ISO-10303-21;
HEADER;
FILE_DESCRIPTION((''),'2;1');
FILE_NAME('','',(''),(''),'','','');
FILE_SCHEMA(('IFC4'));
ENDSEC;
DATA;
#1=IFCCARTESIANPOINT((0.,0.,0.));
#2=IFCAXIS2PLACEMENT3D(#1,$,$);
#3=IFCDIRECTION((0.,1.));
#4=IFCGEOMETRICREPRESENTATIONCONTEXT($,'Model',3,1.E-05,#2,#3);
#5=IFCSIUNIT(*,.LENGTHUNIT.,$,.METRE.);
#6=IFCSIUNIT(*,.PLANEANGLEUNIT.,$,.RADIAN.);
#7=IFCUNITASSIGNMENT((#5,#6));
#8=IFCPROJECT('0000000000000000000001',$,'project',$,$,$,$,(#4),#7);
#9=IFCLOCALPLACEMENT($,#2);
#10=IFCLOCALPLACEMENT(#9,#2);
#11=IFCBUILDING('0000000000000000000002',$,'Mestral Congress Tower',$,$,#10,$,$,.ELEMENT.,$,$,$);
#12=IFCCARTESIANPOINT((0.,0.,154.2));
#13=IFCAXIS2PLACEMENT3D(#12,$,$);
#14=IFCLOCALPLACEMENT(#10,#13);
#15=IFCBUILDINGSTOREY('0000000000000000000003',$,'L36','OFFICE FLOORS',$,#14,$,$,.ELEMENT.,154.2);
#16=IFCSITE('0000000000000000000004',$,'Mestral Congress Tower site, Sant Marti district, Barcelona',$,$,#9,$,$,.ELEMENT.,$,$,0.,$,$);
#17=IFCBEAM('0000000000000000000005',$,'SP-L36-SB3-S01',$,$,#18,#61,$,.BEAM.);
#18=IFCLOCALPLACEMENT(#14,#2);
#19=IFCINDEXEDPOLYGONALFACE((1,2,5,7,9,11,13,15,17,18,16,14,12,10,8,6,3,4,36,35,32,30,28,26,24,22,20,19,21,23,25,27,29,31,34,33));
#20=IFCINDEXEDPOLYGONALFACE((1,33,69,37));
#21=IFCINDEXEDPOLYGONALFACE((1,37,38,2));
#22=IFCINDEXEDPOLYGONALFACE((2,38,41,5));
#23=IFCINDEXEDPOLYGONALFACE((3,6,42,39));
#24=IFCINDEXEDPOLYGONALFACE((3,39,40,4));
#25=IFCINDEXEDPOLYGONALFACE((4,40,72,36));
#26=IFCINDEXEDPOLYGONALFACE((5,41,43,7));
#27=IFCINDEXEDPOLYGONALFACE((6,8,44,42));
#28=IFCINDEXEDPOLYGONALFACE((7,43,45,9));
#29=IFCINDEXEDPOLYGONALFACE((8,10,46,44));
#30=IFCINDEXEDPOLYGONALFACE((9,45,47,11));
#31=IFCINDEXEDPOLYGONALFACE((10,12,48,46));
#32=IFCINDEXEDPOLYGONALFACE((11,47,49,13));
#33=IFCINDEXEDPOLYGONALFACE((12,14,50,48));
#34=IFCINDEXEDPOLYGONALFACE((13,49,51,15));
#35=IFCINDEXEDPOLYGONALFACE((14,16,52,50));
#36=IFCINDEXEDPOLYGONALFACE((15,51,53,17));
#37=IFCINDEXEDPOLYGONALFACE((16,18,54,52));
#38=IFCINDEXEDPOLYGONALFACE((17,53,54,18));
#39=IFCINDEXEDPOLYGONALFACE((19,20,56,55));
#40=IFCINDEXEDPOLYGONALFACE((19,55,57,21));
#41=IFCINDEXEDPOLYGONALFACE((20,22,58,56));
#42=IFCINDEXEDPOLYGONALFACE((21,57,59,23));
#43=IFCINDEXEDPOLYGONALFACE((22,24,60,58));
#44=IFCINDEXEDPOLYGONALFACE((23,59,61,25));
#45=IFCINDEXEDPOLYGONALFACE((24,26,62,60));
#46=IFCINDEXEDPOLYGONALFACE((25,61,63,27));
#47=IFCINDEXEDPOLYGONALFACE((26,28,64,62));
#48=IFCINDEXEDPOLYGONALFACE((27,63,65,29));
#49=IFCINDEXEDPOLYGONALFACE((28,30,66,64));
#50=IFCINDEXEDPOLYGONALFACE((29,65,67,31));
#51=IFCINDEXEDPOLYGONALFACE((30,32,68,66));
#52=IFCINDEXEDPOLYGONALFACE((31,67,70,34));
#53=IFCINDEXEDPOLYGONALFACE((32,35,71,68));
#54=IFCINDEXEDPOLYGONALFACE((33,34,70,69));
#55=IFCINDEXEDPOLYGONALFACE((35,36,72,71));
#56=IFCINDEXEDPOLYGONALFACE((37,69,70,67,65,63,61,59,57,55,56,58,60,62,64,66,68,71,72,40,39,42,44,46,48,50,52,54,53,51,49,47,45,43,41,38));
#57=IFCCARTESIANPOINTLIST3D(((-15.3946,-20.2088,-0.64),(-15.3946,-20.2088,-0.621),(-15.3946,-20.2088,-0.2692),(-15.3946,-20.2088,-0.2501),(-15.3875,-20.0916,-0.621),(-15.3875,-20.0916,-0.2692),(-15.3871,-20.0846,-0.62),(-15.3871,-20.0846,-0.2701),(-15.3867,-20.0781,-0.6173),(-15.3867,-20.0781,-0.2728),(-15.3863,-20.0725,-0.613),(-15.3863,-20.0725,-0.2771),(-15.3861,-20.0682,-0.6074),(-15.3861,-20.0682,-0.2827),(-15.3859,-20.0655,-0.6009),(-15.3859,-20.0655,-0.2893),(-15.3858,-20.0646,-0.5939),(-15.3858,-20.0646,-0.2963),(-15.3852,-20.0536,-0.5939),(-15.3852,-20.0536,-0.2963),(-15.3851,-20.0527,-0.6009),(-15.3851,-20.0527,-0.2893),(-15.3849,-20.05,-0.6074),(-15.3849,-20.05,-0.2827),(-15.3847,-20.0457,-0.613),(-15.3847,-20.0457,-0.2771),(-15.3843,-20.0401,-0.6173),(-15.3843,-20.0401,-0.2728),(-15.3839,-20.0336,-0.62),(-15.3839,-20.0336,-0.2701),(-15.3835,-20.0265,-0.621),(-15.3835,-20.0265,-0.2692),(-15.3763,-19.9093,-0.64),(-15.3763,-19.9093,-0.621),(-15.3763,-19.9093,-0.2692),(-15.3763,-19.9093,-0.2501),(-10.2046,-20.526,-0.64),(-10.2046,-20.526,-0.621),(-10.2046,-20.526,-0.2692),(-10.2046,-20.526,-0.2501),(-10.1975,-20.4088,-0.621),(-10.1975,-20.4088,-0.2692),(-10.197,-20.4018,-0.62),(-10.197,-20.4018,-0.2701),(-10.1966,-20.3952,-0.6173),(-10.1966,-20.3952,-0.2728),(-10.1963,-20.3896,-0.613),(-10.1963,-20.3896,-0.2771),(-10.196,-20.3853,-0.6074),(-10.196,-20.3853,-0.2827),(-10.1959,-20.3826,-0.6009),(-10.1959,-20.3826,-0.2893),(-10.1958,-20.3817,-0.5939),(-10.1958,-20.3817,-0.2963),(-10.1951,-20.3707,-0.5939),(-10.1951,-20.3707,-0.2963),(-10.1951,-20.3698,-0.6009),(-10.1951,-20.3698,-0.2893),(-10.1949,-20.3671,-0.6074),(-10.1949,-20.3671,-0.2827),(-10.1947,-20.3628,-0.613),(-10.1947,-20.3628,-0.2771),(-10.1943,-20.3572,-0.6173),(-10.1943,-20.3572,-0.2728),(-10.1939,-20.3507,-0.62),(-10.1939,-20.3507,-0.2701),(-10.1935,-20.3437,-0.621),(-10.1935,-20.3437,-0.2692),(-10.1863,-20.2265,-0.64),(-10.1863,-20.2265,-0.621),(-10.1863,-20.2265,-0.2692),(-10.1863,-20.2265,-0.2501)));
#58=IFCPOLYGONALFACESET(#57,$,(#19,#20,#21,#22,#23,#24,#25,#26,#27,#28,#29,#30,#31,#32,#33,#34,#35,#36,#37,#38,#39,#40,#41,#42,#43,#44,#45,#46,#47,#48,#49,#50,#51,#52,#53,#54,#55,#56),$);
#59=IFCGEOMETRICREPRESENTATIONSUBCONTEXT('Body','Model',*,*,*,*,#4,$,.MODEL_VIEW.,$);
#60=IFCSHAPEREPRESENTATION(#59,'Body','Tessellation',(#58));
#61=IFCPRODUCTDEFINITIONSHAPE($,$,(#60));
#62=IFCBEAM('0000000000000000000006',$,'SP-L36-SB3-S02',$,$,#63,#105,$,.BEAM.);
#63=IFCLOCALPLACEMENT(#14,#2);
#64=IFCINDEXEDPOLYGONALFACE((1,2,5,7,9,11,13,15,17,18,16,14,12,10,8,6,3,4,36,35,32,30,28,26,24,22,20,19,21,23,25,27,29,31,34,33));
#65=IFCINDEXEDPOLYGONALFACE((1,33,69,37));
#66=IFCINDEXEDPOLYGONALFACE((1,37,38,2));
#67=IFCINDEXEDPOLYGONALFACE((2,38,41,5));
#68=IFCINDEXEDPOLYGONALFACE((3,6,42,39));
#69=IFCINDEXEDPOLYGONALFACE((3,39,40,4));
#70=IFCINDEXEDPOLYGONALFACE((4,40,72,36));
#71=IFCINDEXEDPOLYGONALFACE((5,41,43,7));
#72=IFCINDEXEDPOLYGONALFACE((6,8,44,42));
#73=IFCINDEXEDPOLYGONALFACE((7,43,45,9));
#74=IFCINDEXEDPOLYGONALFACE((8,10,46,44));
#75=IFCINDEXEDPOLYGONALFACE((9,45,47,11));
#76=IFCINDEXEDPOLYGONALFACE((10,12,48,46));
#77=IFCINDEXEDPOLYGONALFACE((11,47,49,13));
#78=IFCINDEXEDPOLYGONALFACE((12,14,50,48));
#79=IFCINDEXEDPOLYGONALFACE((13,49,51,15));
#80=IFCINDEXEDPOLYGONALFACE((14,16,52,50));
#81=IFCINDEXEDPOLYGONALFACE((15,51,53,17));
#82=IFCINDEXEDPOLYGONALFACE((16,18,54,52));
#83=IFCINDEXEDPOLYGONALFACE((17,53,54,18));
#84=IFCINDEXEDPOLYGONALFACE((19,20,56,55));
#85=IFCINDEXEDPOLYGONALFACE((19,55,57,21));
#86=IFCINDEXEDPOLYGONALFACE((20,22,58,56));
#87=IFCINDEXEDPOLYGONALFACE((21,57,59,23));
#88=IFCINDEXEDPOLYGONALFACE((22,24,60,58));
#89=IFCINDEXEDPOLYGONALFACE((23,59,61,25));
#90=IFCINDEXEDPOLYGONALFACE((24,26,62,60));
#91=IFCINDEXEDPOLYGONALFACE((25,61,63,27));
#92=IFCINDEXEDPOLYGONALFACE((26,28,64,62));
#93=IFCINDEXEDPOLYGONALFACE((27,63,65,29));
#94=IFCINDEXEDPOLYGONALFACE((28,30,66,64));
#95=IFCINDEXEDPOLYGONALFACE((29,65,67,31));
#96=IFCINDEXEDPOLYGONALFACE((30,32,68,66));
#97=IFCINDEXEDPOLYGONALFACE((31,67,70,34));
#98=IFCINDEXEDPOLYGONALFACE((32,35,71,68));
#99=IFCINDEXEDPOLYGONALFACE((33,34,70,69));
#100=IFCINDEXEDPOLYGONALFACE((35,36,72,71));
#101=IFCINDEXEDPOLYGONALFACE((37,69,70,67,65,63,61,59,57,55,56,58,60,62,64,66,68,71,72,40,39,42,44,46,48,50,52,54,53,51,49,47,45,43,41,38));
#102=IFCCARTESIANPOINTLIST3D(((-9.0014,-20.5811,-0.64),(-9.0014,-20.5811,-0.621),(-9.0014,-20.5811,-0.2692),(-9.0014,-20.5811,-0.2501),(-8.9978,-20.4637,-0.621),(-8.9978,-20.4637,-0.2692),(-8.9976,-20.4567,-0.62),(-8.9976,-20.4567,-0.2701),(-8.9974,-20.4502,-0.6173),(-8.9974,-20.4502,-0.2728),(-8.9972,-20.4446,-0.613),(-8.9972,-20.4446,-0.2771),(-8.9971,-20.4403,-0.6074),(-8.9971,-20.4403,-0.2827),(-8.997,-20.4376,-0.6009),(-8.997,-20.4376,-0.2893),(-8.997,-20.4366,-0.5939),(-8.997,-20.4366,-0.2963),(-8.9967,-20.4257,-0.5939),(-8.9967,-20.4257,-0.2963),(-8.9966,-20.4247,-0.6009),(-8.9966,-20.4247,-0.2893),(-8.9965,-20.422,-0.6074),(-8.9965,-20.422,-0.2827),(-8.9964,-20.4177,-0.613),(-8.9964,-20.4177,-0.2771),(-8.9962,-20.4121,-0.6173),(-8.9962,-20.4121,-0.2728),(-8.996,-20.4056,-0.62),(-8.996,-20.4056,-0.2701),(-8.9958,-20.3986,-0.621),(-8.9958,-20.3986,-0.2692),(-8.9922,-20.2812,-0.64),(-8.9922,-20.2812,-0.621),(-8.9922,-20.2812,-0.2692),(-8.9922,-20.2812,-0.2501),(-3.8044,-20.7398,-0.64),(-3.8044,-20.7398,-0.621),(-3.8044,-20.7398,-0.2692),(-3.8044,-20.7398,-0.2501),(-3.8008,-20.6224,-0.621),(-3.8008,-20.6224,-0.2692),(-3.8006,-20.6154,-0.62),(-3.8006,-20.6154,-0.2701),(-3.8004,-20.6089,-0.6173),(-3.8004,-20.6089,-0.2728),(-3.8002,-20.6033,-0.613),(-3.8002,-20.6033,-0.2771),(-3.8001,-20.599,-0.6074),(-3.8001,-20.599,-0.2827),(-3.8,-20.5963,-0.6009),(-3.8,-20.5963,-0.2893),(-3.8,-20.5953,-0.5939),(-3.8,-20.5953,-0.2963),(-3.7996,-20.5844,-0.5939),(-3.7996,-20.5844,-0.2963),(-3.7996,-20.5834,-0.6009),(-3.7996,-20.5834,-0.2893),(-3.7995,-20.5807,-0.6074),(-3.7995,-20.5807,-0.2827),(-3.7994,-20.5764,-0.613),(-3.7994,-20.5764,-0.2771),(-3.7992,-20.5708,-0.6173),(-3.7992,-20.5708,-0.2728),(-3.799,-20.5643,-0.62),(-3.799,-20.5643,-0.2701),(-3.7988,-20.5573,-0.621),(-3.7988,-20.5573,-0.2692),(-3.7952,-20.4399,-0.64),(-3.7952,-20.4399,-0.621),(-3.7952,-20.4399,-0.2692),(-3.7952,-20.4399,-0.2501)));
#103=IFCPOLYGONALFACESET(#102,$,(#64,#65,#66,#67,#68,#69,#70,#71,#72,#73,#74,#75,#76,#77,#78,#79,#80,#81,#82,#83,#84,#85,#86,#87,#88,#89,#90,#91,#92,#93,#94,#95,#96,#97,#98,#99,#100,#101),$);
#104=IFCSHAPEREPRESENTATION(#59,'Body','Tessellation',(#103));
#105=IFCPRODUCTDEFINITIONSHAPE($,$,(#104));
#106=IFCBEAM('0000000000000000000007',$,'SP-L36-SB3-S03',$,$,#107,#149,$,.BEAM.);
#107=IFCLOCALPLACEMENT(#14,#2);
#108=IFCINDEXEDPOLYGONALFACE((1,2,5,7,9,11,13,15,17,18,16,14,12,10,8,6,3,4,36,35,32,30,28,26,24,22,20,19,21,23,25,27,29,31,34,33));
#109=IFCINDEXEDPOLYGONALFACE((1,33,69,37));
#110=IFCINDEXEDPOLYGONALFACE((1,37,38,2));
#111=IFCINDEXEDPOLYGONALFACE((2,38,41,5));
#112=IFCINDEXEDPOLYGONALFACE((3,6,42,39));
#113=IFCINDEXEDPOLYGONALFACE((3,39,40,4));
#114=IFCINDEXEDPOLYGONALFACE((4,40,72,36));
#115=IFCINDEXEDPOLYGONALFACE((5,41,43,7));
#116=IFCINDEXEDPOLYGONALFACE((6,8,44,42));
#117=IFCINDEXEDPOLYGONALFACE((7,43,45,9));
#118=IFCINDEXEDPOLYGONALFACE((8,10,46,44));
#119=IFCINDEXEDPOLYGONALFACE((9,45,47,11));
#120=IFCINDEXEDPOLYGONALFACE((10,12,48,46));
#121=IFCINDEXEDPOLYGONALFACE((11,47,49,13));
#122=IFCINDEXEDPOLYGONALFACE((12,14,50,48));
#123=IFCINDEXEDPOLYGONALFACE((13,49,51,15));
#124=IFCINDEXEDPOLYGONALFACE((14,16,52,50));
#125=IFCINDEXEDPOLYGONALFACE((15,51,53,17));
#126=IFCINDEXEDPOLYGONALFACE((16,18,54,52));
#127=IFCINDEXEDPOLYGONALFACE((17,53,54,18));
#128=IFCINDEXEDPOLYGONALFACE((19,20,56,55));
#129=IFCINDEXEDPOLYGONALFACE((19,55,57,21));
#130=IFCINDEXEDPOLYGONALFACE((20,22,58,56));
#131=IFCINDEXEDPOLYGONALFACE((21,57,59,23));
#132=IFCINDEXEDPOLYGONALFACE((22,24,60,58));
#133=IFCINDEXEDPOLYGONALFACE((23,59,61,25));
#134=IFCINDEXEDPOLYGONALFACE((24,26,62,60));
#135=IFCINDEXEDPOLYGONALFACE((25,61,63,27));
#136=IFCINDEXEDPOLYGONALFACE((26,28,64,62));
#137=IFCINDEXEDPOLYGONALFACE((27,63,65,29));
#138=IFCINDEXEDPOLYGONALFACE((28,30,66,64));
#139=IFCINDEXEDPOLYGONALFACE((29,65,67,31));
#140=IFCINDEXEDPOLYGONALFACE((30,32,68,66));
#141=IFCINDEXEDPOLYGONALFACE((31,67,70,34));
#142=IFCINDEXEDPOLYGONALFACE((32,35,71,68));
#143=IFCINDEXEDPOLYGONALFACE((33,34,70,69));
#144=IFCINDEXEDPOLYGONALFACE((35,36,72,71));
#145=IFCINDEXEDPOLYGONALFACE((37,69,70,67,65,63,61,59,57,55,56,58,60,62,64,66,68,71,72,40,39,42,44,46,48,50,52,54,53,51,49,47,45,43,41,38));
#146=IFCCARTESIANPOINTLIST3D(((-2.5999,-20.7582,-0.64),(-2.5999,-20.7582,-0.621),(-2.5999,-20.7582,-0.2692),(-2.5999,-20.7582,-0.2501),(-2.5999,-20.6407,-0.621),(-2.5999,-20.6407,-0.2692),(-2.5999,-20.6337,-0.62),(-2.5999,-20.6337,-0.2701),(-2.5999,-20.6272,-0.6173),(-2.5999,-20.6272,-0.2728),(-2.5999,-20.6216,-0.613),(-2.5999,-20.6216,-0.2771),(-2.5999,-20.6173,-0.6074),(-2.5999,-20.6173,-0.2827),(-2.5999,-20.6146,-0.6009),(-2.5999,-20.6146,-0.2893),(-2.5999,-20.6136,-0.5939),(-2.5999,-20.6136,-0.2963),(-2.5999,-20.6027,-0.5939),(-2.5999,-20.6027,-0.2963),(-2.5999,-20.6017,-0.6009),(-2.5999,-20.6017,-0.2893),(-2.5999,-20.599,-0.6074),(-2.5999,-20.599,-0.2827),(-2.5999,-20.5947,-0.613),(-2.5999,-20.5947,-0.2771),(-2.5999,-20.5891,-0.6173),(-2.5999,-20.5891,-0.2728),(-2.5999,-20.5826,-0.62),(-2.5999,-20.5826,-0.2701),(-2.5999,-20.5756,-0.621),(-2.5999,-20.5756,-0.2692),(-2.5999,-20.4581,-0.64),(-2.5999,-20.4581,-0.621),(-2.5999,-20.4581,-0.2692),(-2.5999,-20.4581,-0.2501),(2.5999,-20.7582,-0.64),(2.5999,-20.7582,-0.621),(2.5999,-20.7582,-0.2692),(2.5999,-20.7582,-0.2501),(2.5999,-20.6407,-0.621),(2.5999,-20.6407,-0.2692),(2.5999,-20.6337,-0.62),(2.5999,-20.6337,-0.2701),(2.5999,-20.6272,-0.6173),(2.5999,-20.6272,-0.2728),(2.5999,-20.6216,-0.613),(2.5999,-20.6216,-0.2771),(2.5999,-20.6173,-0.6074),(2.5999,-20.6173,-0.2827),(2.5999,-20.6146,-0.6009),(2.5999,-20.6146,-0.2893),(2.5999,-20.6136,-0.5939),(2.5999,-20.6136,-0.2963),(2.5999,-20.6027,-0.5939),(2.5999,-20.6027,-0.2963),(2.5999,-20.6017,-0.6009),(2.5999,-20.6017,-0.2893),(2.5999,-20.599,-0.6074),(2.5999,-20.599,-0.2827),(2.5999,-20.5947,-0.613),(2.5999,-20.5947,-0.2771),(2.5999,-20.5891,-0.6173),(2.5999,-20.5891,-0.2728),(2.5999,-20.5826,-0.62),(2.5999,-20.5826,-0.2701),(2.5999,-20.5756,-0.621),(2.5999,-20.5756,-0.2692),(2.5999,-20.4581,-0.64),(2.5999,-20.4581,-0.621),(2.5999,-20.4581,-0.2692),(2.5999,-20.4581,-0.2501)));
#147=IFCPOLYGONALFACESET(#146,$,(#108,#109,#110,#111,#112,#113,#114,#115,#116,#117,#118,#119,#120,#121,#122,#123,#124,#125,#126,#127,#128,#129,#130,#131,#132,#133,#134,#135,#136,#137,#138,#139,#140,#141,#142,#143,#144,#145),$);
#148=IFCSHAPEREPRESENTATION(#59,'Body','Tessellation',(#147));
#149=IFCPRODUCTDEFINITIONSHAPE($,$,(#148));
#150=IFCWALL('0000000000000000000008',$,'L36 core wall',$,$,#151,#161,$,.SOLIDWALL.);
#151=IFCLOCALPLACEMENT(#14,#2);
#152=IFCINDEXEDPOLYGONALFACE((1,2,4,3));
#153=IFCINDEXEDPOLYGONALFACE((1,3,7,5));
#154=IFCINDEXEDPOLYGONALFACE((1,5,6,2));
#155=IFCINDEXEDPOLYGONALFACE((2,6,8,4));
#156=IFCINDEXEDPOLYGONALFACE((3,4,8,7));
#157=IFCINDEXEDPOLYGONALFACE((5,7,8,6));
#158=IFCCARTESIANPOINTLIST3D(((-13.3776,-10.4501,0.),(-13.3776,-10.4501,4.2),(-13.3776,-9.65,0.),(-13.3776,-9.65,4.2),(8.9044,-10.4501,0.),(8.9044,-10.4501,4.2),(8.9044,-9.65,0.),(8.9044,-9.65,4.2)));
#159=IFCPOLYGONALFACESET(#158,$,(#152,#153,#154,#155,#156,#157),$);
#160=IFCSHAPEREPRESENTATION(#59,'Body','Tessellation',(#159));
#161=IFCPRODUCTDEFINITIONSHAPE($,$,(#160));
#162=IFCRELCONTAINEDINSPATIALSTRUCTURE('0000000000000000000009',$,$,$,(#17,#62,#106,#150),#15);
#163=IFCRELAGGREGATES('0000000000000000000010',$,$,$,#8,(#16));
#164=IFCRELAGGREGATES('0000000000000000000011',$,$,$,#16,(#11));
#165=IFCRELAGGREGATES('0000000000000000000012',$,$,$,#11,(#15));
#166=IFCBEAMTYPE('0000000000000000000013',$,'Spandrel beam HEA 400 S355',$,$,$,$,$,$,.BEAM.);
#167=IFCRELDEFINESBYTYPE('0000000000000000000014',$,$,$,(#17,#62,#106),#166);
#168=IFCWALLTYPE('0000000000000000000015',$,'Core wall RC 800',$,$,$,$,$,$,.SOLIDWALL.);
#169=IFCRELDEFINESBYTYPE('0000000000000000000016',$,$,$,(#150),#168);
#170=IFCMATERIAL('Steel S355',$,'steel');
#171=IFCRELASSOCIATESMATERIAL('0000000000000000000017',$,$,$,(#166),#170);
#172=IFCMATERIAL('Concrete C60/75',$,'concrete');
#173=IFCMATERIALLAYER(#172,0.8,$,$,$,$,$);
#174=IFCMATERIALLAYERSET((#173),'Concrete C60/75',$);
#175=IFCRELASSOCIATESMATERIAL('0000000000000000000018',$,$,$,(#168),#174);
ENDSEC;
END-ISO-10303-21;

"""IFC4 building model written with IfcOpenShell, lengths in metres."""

from ifc_helpers import new_model, si_unit, direction, frame, frame_2d, origin, origin_2d, place, context, subcontext, project, spatial, rectangle, i_section, extrude, material, layer, layer_set, material_profile, profile_set, type_object, element, save


model = new_model("IFC4")

# Units and contexts
model_context = context("Model", 3, precision=1e-05, world=origin(), true_north=direction((0.0, 1.0)))
body_context = subcontext(model_context, "Body", "Model", "MODEL_VIEW")
ifc_project = project(units=[si_unit("LENGTHUNIT", "METRE"), si_unit("PLANEANGLEUNIT", "RADIAN")], contexts=[model_context])

# Site, building, storey
site_placement = place(None, origin())
site = spatial("IfcSite", under=ifc_project, at=site_placement, Name="Mestral Congress Tower site, Sant Marti district, Barcelona", CompositionType="ELEMENT", RefElevation=0.0)
building_placement = place(site_placement, origin())
building = spatial("IfcBuilding", under=site, at=building_placement, Name="Mestral Congress Tower", CompositionType="ELEMENT")
storey_placement = place(building_placement, frame((0.0, 0.0, 154.2)))
storey = spatial("IfcBuildingStorey", under=building, at=storey_placement, Name="L36", Description="OFFICE FLOORS", CompositionType="ELEMENT", Elevation=154.2)

# Shared definitions
ifc_material_1 = material(Name="Concrete C60/75", Category="concrete")

# Beams
ifc_material_2 = material(Name="Steel S355", Category="steel")
ifc_material_profile_1 = material_profile(ifc_material_2, i_section(OverallWidth=0.3, OverallDepth=0.3899, WebThickness=0.011, FlangeThickness=0.019, FilletRadius=0.0271, at=origin_2d()), Name="HEA 400")
ifc_profile_set_1 = profile_set([ifc_material_profile_1], Name="Steel S355")
beam_type_1 = type_object("IfcBeamType", Name="Spandrel beam HEA 400 S355", PredefinedType="BEAM", material=ifc_profile_set_1)
beam_1_placement = place(storey_placement, frame((-15.3855, -20.0591, -0.4451), z_axis=(0.998138, -0.060993, 0.0), x_axis=(0.060993, 0.998138, 0.0)))
element("IfcBeam", 1, at=beam_1_placement, inside=storey, type_object=beam_type_1, Name="SP-L36-SB3-S01", PredefinedType="BEAM", context=body_context, shape_type="SweptSolid", body=[
    extrude(i_section(OverallWidth=0.3, OverallDepth=0.3899, WebThickness=0.011, FlangeThickness=0.019, FilletRadius=0.0271, at=origin_2d()), origin(), (0.0, 0.0, 1.0), 5.1997),
])
beam_2_placement = place(storey_placement, frame((-8.9968, -20.4312, -0.4451), z_axis=(0.999534, -0.030521, 0.0), x_axis=(0.030521, 0.999534, 0.0)))
element("IfcBeam", 2, at=beam_2_placement, inside=storey, type_object=beam_type_1, Name="SP-L36-SB3-S02", PredefinedType="BEAM", context=body_context, shape_type="SweptSolid", body=[
    extrude(i_section(OverallWidth=0.3, OverallDepth=0.3899, WebThickness=0.011, FlangeThickness=0.019, FilletRadius=0.0271, at=origin_2d()), origin(), (0.0, 0.0, 1.0), 5.1995),
])
beam_3_placement = place(storey_placement, frame((-2.5999, -20.6082, -0.4451), z_axis=(1.0, 0.0, 0.0), x_axis=(0.0, 1.0, 0.0)))
element("IfcBeam", 3, at=beam_3_placement, inside=storey, type_object=beam_type_1, Name="SP-L36-SB3-S03", PredefinedType="BEAM", context=body_context, shape_type="SweptSolid", body=[
    extrude(i_section(OverallWidth=0.3, OverallDepth=0.3899, WebThickness=0.011, FlangeThickness=0.019, FilletRadius=0.0271, at=origin_2d()), origin(), (0.0, 0.0, 1.0), 5.1997),
])

# Wall
ifc_layer_1 = layer(ifc_material_1, 0.8)
ifc_layer_set_1 = layer_set([ifc_layer_1], Name="Concrete C60/75")
wall_type_1 = type_object("IfcWallType", Name="Core wall RC 800", PredefinedType="SOLIDWALL", material=ifc_layer_set_1)
wall_1_placement = place(storey_placement, frame((-13.3777, -10.05, 0.0), z_axis=(0.0, 0.0, 1.0), x_axis=(1.0, 0.0, 0.0)))
element("IfcWall", 4, at=wall_1_placement, inside=storey, type_object=wall_type_1, Name="L36 core wall", PredefinedType="SOLIDWALL", context=body_context, shape_type="SweptSolid", body=[
    extrude(rectangle(XDim=22.282, YDim=0.8, at=frame_2d((11.1411, 0.0))), origin(), (0.0, 0.0, 1.0), 4.2),
])

save(model, "model.ifc")
